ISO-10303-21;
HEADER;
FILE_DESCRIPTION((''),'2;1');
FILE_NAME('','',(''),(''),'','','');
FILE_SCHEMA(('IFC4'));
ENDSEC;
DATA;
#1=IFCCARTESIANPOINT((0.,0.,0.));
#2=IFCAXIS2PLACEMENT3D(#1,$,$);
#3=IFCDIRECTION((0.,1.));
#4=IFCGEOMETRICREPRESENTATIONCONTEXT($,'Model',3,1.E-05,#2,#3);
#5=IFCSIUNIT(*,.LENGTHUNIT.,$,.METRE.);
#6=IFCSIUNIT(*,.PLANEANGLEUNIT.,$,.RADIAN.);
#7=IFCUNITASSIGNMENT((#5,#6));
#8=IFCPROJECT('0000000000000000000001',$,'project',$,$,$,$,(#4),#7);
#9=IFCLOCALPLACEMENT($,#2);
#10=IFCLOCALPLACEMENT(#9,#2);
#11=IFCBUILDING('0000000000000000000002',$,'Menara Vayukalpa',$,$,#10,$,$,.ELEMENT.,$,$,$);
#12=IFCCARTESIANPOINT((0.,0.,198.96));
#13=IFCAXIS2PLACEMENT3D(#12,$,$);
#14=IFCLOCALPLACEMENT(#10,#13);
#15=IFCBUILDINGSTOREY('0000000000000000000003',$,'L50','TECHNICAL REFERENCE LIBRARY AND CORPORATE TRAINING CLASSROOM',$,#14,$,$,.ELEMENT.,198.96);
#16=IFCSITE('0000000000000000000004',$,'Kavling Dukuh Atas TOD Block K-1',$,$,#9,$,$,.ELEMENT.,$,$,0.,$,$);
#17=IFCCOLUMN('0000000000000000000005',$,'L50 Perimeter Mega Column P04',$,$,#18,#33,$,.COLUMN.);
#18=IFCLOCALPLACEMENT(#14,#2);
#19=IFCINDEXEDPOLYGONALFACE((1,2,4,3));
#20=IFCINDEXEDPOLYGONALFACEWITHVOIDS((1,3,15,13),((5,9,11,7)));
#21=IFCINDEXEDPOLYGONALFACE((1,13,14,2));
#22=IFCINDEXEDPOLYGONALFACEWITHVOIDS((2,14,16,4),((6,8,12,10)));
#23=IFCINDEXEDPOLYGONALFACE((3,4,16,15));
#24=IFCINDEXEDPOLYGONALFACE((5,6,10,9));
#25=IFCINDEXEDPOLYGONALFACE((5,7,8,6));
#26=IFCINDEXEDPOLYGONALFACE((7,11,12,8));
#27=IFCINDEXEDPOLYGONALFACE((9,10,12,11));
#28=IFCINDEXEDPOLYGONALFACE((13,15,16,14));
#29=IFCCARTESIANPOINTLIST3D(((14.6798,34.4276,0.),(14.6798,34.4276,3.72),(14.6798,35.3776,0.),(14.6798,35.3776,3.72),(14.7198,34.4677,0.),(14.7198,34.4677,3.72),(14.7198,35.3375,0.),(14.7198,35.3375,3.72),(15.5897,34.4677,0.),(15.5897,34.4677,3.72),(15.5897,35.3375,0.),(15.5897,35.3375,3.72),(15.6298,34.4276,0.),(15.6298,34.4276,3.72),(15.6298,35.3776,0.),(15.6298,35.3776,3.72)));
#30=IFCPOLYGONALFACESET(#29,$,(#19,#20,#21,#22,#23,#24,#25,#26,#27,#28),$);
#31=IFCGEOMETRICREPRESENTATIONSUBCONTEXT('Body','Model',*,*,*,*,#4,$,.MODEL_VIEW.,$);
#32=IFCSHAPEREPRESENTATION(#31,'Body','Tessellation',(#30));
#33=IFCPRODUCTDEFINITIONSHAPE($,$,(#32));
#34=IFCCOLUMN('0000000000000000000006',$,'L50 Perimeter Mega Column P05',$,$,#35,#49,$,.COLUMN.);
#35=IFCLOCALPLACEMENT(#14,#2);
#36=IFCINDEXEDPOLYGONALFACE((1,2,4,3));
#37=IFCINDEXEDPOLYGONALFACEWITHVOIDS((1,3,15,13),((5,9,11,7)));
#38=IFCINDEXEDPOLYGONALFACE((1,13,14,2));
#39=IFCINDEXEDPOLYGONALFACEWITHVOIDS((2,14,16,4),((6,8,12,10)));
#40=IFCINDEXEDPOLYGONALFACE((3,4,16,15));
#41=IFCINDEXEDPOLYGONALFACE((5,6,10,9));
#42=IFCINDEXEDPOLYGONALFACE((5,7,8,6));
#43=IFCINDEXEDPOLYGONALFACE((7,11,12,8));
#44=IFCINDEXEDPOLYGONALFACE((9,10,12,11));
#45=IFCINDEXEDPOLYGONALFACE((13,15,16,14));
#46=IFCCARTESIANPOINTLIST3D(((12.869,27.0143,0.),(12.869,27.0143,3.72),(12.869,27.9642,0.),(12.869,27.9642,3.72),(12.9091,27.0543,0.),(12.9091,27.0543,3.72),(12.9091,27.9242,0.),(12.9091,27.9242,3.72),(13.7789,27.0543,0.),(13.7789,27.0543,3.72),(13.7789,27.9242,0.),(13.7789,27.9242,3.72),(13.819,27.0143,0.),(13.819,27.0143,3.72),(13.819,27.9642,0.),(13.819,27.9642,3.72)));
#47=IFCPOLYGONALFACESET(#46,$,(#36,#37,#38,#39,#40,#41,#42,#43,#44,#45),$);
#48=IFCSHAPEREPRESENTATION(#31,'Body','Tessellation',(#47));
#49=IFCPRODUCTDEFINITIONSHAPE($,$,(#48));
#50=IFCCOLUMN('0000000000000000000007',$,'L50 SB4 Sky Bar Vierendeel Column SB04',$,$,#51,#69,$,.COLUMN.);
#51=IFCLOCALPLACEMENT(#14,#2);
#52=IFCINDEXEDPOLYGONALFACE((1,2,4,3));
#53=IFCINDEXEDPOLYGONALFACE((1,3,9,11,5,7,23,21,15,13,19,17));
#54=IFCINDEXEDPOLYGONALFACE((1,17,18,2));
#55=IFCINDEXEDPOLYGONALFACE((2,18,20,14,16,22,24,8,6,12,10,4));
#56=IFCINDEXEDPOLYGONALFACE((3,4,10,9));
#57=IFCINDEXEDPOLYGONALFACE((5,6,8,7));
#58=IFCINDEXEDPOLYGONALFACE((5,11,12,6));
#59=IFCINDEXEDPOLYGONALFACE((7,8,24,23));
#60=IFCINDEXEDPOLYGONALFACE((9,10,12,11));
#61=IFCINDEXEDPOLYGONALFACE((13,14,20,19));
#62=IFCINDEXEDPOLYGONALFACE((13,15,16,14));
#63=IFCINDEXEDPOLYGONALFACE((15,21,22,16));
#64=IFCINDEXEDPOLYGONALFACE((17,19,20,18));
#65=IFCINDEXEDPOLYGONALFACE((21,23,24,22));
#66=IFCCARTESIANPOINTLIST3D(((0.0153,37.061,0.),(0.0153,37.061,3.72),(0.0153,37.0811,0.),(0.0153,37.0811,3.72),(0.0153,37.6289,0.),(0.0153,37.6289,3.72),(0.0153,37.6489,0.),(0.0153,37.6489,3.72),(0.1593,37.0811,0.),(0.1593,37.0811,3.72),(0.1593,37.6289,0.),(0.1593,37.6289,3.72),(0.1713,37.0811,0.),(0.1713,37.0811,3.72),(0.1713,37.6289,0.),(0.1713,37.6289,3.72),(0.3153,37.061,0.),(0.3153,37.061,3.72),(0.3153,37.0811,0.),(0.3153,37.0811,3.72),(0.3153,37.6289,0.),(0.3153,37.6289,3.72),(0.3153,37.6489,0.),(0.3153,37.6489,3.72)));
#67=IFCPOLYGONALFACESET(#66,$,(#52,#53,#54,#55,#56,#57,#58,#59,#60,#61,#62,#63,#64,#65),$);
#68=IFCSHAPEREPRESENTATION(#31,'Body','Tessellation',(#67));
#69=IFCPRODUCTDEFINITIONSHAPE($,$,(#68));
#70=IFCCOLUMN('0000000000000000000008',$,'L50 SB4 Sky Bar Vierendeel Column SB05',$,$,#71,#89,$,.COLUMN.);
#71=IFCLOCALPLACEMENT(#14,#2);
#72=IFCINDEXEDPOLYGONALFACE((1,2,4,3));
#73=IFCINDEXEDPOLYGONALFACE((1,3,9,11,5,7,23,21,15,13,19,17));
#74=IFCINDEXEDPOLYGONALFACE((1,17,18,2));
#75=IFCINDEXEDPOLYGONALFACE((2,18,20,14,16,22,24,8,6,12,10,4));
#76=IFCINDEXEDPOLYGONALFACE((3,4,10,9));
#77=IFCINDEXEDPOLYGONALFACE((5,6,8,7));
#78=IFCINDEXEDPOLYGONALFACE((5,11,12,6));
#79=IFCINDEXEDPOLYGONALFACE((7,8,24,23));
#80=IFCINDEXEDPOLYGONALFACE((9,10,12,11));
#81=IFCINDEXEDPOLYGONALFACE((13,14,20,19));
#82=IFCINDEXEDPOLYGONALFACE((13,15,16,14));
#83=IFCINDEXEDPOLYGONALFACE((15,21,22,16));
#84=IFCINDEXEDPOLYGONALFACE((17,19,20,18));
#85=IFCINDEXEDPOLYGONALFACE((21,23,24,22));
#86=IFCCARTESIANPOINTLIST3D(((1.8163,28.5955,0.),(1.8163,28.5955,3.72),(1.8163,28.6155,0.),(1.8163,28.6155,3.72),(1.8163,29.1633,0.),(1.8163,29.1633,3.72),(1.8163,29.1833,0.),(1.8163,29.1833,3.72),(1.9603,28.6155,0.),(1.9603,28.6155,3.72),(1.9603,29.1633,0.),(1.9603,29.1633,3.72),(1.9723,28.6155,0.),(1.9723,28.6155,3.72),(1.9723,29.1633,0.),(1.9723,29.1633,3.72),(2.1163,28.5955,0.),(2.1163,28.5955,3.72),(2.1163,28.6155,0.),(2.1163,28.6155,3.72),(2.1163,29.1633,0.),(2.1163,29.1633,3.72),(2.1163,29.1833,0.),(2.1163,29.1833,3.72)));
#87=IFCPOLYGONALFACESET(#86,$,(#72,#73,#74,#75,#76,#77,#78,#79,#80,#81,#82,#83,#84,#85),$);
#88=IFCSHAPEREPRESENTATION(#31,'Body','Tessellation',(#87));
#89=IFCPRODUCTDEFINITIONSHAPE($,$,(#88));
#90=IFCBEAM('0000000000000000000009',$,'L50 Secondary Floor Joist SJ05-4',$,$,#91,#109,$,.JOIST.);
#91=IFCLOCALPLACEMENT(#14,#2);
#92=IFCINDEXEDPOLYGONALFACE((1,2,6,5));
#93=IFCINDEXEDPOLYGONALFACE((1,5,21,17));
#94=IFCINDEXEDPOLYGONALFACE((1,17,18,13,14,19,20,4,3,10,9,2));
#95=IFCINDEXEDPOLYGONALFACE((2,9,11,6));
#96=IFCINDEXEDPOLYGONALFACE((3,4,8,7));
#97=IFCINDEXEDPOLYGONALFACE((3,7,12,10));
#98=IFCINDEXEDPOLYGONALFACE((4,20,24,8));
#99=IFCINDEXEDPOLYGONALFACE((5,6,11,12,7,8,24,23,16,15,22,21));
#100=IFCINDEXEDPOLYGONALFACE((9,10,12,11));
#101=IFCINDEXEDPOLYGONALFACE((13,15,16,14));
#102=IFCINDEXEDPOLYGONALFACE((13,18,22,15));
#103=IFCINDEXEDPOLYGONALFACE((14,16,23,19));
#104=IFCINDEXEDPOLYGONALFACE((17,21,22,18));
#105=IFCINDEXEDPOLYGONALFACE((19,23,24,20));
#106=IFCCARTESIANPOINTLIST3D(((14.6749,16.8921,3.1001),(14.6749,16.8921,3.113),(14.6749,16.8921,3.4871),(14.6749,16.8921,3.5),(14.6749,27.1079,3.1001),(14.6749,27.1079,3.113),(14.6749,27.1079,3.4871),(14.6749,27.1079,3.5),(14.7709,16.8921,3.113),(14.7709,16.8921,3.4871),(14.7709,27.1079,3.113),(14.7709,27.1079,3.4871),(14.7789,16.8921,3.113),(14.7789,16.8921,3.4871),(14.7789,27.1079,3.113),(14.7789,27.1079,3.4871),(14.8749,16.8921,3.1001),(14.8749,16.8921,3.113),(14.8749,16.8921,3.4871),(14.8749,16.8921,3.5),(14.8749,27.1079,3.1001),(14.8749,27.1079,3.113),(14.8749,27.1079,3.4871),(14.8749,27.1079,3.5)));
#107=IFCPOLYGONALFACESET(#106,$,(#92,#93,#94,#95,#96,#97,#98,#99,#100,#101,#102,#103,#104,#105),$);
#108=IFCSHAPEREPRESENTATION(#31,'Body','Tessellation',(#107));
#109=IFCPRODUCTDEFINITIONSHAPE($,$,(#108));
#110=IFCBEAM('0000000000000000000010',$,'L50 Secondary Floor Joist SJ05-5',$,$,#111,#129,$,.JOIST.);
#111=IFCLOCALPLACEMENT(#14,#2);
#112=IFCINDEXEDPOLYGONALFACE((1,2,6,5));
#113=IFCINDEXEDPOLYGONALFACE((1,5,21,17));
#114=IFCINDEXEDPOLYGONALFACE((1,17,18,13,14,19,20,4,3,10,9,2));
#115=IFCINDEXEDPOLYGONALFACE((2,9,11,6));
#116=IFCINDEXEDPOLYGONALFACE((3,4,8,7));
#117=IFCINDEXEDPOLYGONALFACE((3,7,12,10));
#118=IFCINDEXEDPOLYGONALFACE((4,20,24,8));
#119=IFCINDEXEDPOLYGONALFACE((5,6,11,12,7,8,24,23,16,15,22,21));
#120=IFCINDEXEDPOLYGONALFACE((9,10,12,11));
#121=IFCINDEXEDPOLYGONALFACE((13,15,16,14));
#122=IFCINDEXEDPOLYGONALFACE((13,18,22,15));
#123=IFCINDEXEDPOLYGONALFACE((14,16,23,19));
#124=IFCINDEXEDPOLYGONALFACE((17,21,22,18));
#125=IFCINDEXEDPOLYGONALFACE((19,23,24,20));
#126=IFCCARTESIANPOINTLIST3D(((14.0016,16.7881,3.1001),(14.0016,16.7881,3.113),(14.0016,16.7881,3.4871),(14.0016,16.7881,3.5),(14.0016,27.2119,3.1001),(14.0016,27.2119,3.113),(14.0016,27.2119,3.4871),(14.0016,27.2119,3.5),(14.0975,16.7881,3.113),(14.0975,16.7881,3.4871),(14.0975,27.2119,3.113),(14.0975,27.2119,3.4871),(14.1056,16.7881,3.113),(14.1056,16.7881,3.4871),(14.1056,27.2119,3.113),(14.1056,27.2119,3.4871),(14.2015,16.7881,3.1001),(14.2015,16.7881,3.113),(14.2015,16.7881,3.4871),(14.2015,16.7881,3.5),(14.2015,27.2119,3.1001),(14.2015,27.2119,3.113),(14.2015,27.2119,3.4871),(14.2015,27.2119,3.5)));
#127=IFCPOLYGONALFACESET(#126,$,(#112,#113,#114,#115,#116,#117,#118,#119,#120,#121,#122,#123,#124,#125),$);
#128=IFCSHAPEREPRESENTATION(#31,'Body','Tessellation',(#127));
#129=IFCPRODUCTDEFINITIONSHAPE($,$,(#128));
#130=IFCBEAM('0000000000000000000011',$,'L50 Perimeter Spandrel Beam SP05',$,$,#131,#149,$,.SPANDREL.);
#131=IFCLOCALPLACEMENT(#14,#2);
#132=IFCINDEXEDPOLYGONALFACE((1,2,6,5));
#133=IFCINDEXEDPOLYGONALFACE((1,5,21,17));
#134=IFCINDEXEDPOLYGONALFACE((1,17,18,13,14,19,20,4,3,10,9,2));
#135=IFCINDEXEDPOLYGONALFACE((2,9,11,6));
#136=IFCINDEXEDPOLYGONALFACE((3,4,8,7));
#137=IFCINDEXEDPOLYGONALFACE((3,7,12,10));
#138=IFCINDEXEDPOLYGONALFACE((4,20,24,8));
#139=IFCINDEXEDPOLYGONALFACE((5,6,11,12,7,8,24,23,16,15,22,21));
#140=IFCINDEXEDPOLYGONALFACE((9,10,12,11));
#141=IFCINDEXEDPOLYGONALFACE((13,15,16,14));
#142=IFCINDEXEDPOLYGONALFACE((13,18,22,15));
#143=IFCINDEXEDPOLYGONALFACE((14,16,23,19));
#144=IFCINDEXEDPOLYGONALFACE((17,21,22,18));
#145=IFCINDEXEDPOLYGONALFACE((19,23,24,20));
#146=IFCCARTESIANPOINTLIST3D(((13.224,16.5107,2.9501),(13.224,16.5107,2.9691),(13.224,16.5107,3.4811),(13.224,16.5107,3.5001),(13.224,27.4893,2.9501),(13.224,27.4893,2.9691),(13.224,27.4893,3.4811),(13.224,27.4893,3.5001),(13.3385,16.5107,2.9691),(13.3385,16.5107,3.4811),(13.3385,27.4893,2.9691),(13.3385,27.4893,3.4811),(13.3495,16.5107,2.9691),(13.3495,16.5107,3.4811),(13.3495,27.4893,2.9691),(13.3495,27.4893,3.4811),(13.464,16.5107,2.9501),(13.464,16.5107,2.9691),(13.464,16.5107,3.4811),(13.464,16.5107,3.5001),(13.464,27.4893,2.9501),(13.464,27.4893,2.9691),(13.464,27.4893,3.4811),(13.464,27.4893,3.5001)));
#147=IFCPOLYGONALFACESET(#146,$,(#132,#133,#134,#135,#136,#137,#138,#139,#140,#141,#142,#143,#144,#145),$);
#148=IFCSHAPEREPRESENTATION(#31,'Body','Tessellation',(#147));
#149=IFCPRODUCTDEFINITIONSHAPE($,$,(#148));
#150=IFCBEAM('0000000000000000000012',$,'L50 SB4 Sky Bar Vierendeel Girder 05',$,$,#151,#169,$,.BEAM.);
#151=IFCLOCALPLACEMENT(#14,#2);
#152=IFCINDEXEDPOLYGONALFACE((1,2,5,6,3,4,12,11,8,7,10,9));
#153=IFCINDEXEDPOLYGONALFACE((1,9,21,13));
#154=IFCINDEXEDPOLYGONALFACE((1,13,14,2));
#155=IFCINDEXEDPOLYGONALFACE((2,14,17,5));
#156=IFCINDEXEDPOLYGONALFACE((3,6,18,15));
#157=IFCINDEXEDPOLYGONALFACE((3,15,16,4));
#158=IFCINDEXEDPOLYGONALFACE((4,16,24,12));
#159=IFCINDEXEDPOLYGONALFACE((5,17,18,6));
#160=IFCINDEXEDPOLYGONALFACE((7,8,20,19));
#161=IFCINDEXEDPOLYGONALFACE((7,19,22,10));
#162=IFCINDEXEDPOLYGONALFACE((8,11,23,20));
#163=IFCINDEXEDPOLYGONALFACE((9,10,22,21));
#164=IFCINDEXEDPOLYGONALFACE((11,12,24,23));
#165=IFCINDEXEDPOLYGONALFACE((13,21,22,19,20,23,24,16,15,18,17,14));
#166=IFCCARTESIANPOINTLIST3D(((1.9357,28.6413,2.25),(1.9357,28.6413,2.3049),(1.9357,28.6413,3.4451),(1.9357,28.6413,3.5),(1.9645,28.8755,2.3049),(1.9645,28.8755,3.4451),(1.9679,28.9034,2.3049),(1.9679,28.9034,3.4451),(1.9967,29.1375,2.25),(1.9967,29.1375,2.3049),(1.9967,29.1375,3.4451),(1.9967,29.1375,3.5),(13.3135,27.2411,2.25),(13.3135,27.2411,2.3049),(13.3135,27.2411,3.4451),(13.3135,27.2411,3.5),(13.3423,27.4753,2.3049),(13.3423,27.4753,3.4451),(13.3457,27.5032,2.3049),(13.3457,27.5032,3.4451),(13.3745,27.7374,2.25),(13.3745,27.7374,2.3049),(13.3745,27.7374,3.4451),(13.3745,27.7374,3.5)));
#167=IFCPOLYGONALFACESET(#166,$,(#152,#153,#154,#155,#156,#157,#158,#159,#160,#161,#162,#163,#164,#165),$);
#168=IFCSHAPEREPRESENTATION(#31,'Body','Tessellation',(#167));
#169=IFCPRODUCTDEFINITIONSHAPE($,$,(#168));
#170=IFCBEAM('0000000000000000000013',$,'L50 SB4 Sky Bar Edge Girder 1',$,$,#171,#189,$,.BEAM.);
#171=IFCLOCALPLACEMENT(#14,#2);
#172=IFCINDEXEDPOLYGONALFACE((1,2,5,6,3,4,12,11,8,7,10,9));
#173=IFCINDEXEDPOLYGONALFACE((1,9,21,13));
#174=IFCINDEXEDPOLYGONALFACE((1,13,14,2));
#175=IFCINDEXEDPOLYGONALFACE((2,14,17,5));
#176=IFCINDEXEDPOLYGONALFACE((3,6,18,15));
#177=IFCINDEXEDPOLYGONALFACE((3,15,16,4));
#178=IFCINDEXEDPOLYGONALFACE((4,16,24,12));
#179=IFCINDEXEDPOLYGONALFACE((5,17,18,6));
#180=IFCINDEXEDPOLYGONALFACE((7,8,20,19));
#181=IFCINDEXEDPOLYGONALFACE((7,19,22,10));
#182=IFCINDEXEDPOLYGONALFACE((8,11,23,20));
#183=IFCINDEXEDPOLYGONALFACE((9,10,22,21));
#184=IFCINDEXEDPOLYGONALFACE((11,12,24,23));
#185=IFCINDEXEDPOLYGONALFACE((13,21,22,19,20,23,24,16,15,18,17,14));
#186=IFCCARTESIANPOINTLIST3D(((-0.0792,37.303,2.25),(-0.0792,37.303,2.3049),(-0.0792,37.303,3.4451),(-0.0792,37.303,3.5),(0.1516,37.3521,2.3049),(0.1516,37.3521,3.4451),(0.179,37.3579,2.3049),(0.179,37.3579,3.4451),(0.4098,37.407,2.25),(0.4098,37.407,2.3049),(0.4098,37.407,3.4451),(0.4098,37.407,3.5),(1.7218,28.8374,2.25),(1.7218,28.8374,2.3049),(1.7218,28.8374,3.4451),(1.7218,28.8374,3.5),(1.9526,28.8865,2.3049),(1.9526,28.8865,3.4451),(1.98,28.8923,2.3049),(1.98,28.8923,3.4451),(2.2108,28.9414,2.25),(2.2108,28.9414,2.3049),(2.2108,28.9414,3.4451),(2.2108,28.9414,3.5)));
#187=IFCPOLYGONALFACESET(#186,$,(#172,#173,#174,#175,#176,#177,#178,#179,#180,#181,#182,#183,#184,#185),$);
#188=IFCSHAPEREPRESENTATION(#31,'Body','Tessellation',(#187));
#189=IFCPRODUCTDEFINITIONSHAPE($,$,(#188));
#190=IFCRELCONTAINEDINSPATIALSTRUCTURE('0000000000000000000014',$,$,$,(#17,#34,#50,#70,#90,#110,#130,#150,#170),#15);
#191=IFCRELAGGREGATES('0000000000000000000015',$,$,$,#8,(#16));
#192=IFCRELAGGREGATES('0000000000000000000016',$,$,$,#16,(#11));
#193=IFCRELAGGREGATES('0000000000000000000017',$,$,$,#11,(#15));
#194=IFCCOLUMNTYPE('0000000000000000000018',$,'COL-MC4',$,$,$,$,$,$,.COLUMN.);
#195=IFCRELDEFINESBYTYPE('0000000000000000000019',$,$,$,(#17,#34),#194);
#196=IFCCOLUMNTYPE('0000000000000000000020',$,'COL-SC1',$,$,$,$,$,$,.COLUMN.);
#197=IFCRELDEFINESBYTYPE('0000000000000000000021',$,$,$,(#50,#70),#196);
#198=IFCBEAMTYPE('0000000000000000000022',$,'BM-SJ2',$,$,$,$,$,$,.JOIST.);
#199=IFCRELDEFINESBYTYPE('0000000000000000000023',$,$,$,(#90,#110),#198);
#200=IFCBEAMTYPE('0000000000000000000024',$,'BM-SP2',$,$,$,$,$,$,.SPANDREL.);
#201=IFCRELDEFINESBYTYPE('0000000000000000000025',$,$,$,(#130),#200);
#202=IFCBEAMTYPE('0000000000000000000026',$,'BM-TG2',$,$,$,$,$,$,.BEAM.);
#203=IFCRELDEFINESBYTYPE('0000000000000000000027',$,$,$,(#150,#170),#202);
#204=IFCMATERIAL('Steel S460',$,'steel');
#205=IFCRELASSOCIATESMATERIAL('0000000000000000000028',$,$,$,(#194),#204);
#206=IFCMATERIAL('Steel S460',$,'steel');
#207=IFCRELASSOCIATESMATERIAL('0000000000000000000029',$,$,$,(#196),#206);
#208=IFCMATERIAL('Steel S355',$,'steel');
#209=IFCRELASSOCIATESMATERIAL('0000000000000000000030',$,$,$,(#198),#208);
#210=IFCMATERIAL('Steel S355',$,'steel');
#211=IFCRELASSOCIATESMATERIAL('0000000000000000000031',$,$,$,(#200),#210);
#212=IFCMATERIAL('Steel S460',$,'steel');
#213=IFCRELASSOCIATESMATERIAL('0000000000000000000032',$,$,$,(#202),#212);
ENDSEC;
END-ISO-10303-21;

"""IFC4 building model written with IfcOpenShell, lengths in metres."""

from ifc_helpers import new_model, si_unit, direction, frame, origin, origin_2d, place, context, subcontext, project, spatial, hollow_rectangle, i_section, extrude, material, material_profile, profile_set, type_object, element, save


model = new_model("IFC4")

# Units and contexts
model_context = context("Model", 3, precision=1e-05, world=origin(), true_north=direction((0.0, 1.0)))
body_context = subcontext(model_context, "Body", "Model", "MODEL_VIEW")
ifc_project = project(units=[si_unit("LENGTHUNIT", "METRE"), si_unit("PLANEANGLEUNIT", "RADIAN")], contexts=[model_context])

# Site, building, storey
site_placement = place(None, origin())
site = spatial("IfcSite", under=ifc_project, at=site_placement, Name="Kavling Dukuh Atas TOD Block K-1", CompositionType="ELEMENT", RefElevation=0.0)
building_placement = place(site_placement, origin())
building = spatial("IfcBuilding", under=site, at=building_placement, Name="Menara Vayukalpa", CompositionType="ELEMENT")
storey_placement = place(building_placement, frame((0.0, 0.0, 198.96)))
storey = spatial("IfcBuildingStorey", under=building, at=storey_placement, Name="L50", Description="TECHNICAL REFERENCE LIBRARY AND CORPORATE TRAINING CLASSROOM", CompositionType="ELEMENT", Elevation=198.96)

# Columns
ifc_material_1 = material(Name="Steel S460", Category="steel")
ifc_material_profile_1 = material_profile(ifc_material_1, hollow_rectangle(XDim=0.95, YDim=0.95, WallThickness=0.04, at=origin_2d()), Name="BOX 950x950x40")
ifc_profile_set_1 = profile_set([ifc_material_profile_1], Name="Steel S460")
column_type_1 = type_object("IfcColumnType", Name="COL-MC4", PredefinedType="COLUMN", material=ifc_profile_set_1)
for number, where, z_axis, x_axis, name in (
    (1, (15.1548, 34.9026, 0.0), (0.0, 0.0, 1.0), (1.0, 0.0, 0.0), "L50 Perimeter Mega Column P04"),
    (2, (13.344, 27.4893, 0.0), (0.0, 0.0, 1.0), (1.0, 0.0, 0.0), "L50 Perimeter Mega Column P05"),
):
    element("IfcColumn", number, at=place(storey_placement, frame(where, z_axis=z_axis, x_axis=x_axis)), inside=storey, type_object=column_type_1, Name=name, PredefinedType="COLUMN", context=body_context, shape_type="SweptSolid", body=[
        extrude(hollow_rectangle(XDim=0.95, YDim=0.95, WallThickness=0.04, at=origin_2d()), origin(), (0.0, 0.0, 1.0), 3.72),
    ])
ifc_material_2 = material(Name="Steel S460", Category="steel")
ifc_material_profile_2 = material_profile(ifc_material_2, i_section(OverallWidth=0.3, OverallDepth=0.5879, WebThickness=0.012, FlangeThickness=0.02, at=origin_2d()), Name="H 588x300x12x20")
ifc_profile_set_2 = profile_set([ifc_material_profile_2], Name="Steel S460")
column_type_2 = type_object("IfcColumnType", Name="COL-SC1", PredefinedType="COLUMN", material=ifc_profile_set_2)
for number, where, z_axis, x_axis, name in (
    (3, (0.1653, 37.355, 0.0), (0.0, 0.0, 1.0), (1.0, 0.0, 0.0), "L50 SB4 Sky Bar Vierendeel Column SB04"),
    (4, (1.9663, 28.8894, 0.0), (0.0, 0.0, 1.0), (1.0, 0.0, 0.0), "L50 SB4 Sky Bar Vierendeel Column SB05"),
):
    element("IfcColumn", number, at=place(storey_placement, frame(where, z_axis=z_axis, x_axis=x_axis)), inside=storey, type_object=column_type_2, Name=name, PredefinedType="COLUMN", context=body_context, shape_type="SweptSolid", body=[
        extrude(i_section(OverallWidth=0.3, OverallDepth=0.5879, WebThickness=0.012, FlangeThickness=0.02, at=origin_2d()), origin(), (0.0, 0.0, 1.0), 3.72),
    ])

# Beams
ifc_material_3 = material(Name="Steel S355", Category="steel")
ifc_material_profile_3 = material_profile(ifc_material_3, i_section(OverallWidth=0.2, OverallDepth=0.3999, WebThickness=0.0081, FlangeThickness=0.0129, at=origin_2d()), Name="WF 400x200x8x13")
ifc_profile_set_3 = profile_set([ifc_material_profile_3], Name="Steel S355")
beam_type_1 = type_object("IfcBeamType", Name="BM-SJ2", PredefinedType="JOIST", material=ifc_profile_set_3)
beam_1_placement = place(storey_placement, frame((14.7749, 27.1079, 3.3), z_axis=(0.0, -1.0, 0.0), x_axis=(1.0, 0.0, 0.0)))
element("IfcBeam", 5, at=beam_1_placement, inside=storey, type_object=beam_type_1, Name="L50 Secondary Floor Joist SJ05-4", PredefinedType="JOIST", context=body_context, shape_type="SweptSolid", body=[
    extrude(i_section(OverallWidth=0.2, OverallDepth=0.3999, WebThickness=0.0081, FlangeThickness=0.0129, at=origin_2d()), origin(), (0.0, 0.0, 1.0), 10.2158),
])
beam_2_placement = place(storey_placement, frame((14.1016, 27.2119, 3.3), z_axis=(0.0, -1.0, 0.0), x_axis=(1.0, 0.0, 0.0)))
element("IfcBeam", 6, at=beam_2_placement, inside=storey, type_object=beam_type_1, Name="L50 Secondary Floor Joist SJ05-5", PredefinedType="JOIST", context=body_context, shape_type="SweptSolid", body=[
    extrude(i_section(OverallWidth=0.2, OverallDepth=0.3999, WebThickness=0.0081, FlangeThickness=0.0129, at=origin_2d()), origin(), (0.0, 0.0, 1.0), 10.4238),
])
ifc_material_4 = material(Name="Steel S355", Category="steel")
ifc_material_profile_4 = material_profile(ifc_material_4, i_section(OverallWidth=0.24, OverallDepth=0.55, WebThickness=0.011, FlangeThickness=0.019, at=origin_2d()), Name="WF 550x240x11x19")
ifc_profile_set_4 = profile_set([ifc_material_profile_4], Name="Steel S355")
beam_type_2 = type_object("IfcBeamType", Name="BM-SP2", PredefinedType="SPANDREL", material=ifc_profile_set_4)
beam_3_placement = place(storey_placement, frame((13.344, 27.4893, 3.2251), z_axis=(0.0, -1.0, 0.0), x_axis=(1.0, 0.0, 0.0)))
element("IfcBeam", 7, at=beam_3_placement, inside=storey, type_object=beam_type_2, Name="L50 Perimeter Spandrel Beam SP05", PredefinedType="SPANDREL", context=body_context, shape_type="SweptSolid", body=[
    extrude(i_section(OverallWidth=0.24, OverallDepth=0.55, WebThickness=0.011, FlangeThickness=0.019, at=origin_2d()), origin(), (0.0, 0.0, 1.0), 10.9785),
])
ifc_material_5 = material(Name="Steel S460", Category="steel")
ifc_material_profile_5 = material_profile(ifc_material_5, i_section(OverallWidth=0.5, OverallDepth=1.25, WebThickness=0.0281, FlangeThickness=0.0549, at=origin_2d()), Name="WG 1250x500x28x55")
ifc_profile_set_5 = profile_set([ifc_material_profile_5], Name="Steel S460")
beam_type_3 = type_object("IfcBeamType", Name="BM-TG2", PredefinedType="BEAM", material=ifc_profile_set_5)
beam_4_placement = place(storey_placement, frame((13.344, 27.4893, 2.875), z_axis=(-0.992513, 0.122139, 0.0), x_axis=(-0.122139, -0.992513, 0.0)))
element("IfcBeam", 8, at=beam_4_placement, inside=storey, type_object=beam_type_3, Name="L50 SB4 Sky Bar Vierendeel Girder 05", PredefinedType="BEAM", context=body_context, shape_type="SweptSolid", body=[
    extrude(i_section(OverallWidth=0.5, OverallDepth=1.25, WebThickness=0.0281, FlangeThickness=0.0549, at=origin_2d()), origin(), (0.0, 0.0, 1.0), 11.4636),
])
beam_5_placement = place(storey_placement, frame((0.1653, 37.355, 2.875), z_axis=(0.20809, -0.97811, 0.0), x_axis=(0.97811, 0.20809, 0.0)))
element("IfcBeam", 9, at=beam_5_placement, inside=storey, type_object=beam_type_3, Name="L50 SB4 Sky Bar Edge Girder 1", PredefinedType="BEAM", context=body_context, shape_type="SweptSolid", body=[
    extrude(i_section(OverallWidth=0.5, OverallDepth=1.25, WebThickness=0.0281, FlangeThickness=0.0549, at=origin_2d()), origin(), (0.0, 0.0, 1.0), 8.655),
])

save(model, "model.ifc")
